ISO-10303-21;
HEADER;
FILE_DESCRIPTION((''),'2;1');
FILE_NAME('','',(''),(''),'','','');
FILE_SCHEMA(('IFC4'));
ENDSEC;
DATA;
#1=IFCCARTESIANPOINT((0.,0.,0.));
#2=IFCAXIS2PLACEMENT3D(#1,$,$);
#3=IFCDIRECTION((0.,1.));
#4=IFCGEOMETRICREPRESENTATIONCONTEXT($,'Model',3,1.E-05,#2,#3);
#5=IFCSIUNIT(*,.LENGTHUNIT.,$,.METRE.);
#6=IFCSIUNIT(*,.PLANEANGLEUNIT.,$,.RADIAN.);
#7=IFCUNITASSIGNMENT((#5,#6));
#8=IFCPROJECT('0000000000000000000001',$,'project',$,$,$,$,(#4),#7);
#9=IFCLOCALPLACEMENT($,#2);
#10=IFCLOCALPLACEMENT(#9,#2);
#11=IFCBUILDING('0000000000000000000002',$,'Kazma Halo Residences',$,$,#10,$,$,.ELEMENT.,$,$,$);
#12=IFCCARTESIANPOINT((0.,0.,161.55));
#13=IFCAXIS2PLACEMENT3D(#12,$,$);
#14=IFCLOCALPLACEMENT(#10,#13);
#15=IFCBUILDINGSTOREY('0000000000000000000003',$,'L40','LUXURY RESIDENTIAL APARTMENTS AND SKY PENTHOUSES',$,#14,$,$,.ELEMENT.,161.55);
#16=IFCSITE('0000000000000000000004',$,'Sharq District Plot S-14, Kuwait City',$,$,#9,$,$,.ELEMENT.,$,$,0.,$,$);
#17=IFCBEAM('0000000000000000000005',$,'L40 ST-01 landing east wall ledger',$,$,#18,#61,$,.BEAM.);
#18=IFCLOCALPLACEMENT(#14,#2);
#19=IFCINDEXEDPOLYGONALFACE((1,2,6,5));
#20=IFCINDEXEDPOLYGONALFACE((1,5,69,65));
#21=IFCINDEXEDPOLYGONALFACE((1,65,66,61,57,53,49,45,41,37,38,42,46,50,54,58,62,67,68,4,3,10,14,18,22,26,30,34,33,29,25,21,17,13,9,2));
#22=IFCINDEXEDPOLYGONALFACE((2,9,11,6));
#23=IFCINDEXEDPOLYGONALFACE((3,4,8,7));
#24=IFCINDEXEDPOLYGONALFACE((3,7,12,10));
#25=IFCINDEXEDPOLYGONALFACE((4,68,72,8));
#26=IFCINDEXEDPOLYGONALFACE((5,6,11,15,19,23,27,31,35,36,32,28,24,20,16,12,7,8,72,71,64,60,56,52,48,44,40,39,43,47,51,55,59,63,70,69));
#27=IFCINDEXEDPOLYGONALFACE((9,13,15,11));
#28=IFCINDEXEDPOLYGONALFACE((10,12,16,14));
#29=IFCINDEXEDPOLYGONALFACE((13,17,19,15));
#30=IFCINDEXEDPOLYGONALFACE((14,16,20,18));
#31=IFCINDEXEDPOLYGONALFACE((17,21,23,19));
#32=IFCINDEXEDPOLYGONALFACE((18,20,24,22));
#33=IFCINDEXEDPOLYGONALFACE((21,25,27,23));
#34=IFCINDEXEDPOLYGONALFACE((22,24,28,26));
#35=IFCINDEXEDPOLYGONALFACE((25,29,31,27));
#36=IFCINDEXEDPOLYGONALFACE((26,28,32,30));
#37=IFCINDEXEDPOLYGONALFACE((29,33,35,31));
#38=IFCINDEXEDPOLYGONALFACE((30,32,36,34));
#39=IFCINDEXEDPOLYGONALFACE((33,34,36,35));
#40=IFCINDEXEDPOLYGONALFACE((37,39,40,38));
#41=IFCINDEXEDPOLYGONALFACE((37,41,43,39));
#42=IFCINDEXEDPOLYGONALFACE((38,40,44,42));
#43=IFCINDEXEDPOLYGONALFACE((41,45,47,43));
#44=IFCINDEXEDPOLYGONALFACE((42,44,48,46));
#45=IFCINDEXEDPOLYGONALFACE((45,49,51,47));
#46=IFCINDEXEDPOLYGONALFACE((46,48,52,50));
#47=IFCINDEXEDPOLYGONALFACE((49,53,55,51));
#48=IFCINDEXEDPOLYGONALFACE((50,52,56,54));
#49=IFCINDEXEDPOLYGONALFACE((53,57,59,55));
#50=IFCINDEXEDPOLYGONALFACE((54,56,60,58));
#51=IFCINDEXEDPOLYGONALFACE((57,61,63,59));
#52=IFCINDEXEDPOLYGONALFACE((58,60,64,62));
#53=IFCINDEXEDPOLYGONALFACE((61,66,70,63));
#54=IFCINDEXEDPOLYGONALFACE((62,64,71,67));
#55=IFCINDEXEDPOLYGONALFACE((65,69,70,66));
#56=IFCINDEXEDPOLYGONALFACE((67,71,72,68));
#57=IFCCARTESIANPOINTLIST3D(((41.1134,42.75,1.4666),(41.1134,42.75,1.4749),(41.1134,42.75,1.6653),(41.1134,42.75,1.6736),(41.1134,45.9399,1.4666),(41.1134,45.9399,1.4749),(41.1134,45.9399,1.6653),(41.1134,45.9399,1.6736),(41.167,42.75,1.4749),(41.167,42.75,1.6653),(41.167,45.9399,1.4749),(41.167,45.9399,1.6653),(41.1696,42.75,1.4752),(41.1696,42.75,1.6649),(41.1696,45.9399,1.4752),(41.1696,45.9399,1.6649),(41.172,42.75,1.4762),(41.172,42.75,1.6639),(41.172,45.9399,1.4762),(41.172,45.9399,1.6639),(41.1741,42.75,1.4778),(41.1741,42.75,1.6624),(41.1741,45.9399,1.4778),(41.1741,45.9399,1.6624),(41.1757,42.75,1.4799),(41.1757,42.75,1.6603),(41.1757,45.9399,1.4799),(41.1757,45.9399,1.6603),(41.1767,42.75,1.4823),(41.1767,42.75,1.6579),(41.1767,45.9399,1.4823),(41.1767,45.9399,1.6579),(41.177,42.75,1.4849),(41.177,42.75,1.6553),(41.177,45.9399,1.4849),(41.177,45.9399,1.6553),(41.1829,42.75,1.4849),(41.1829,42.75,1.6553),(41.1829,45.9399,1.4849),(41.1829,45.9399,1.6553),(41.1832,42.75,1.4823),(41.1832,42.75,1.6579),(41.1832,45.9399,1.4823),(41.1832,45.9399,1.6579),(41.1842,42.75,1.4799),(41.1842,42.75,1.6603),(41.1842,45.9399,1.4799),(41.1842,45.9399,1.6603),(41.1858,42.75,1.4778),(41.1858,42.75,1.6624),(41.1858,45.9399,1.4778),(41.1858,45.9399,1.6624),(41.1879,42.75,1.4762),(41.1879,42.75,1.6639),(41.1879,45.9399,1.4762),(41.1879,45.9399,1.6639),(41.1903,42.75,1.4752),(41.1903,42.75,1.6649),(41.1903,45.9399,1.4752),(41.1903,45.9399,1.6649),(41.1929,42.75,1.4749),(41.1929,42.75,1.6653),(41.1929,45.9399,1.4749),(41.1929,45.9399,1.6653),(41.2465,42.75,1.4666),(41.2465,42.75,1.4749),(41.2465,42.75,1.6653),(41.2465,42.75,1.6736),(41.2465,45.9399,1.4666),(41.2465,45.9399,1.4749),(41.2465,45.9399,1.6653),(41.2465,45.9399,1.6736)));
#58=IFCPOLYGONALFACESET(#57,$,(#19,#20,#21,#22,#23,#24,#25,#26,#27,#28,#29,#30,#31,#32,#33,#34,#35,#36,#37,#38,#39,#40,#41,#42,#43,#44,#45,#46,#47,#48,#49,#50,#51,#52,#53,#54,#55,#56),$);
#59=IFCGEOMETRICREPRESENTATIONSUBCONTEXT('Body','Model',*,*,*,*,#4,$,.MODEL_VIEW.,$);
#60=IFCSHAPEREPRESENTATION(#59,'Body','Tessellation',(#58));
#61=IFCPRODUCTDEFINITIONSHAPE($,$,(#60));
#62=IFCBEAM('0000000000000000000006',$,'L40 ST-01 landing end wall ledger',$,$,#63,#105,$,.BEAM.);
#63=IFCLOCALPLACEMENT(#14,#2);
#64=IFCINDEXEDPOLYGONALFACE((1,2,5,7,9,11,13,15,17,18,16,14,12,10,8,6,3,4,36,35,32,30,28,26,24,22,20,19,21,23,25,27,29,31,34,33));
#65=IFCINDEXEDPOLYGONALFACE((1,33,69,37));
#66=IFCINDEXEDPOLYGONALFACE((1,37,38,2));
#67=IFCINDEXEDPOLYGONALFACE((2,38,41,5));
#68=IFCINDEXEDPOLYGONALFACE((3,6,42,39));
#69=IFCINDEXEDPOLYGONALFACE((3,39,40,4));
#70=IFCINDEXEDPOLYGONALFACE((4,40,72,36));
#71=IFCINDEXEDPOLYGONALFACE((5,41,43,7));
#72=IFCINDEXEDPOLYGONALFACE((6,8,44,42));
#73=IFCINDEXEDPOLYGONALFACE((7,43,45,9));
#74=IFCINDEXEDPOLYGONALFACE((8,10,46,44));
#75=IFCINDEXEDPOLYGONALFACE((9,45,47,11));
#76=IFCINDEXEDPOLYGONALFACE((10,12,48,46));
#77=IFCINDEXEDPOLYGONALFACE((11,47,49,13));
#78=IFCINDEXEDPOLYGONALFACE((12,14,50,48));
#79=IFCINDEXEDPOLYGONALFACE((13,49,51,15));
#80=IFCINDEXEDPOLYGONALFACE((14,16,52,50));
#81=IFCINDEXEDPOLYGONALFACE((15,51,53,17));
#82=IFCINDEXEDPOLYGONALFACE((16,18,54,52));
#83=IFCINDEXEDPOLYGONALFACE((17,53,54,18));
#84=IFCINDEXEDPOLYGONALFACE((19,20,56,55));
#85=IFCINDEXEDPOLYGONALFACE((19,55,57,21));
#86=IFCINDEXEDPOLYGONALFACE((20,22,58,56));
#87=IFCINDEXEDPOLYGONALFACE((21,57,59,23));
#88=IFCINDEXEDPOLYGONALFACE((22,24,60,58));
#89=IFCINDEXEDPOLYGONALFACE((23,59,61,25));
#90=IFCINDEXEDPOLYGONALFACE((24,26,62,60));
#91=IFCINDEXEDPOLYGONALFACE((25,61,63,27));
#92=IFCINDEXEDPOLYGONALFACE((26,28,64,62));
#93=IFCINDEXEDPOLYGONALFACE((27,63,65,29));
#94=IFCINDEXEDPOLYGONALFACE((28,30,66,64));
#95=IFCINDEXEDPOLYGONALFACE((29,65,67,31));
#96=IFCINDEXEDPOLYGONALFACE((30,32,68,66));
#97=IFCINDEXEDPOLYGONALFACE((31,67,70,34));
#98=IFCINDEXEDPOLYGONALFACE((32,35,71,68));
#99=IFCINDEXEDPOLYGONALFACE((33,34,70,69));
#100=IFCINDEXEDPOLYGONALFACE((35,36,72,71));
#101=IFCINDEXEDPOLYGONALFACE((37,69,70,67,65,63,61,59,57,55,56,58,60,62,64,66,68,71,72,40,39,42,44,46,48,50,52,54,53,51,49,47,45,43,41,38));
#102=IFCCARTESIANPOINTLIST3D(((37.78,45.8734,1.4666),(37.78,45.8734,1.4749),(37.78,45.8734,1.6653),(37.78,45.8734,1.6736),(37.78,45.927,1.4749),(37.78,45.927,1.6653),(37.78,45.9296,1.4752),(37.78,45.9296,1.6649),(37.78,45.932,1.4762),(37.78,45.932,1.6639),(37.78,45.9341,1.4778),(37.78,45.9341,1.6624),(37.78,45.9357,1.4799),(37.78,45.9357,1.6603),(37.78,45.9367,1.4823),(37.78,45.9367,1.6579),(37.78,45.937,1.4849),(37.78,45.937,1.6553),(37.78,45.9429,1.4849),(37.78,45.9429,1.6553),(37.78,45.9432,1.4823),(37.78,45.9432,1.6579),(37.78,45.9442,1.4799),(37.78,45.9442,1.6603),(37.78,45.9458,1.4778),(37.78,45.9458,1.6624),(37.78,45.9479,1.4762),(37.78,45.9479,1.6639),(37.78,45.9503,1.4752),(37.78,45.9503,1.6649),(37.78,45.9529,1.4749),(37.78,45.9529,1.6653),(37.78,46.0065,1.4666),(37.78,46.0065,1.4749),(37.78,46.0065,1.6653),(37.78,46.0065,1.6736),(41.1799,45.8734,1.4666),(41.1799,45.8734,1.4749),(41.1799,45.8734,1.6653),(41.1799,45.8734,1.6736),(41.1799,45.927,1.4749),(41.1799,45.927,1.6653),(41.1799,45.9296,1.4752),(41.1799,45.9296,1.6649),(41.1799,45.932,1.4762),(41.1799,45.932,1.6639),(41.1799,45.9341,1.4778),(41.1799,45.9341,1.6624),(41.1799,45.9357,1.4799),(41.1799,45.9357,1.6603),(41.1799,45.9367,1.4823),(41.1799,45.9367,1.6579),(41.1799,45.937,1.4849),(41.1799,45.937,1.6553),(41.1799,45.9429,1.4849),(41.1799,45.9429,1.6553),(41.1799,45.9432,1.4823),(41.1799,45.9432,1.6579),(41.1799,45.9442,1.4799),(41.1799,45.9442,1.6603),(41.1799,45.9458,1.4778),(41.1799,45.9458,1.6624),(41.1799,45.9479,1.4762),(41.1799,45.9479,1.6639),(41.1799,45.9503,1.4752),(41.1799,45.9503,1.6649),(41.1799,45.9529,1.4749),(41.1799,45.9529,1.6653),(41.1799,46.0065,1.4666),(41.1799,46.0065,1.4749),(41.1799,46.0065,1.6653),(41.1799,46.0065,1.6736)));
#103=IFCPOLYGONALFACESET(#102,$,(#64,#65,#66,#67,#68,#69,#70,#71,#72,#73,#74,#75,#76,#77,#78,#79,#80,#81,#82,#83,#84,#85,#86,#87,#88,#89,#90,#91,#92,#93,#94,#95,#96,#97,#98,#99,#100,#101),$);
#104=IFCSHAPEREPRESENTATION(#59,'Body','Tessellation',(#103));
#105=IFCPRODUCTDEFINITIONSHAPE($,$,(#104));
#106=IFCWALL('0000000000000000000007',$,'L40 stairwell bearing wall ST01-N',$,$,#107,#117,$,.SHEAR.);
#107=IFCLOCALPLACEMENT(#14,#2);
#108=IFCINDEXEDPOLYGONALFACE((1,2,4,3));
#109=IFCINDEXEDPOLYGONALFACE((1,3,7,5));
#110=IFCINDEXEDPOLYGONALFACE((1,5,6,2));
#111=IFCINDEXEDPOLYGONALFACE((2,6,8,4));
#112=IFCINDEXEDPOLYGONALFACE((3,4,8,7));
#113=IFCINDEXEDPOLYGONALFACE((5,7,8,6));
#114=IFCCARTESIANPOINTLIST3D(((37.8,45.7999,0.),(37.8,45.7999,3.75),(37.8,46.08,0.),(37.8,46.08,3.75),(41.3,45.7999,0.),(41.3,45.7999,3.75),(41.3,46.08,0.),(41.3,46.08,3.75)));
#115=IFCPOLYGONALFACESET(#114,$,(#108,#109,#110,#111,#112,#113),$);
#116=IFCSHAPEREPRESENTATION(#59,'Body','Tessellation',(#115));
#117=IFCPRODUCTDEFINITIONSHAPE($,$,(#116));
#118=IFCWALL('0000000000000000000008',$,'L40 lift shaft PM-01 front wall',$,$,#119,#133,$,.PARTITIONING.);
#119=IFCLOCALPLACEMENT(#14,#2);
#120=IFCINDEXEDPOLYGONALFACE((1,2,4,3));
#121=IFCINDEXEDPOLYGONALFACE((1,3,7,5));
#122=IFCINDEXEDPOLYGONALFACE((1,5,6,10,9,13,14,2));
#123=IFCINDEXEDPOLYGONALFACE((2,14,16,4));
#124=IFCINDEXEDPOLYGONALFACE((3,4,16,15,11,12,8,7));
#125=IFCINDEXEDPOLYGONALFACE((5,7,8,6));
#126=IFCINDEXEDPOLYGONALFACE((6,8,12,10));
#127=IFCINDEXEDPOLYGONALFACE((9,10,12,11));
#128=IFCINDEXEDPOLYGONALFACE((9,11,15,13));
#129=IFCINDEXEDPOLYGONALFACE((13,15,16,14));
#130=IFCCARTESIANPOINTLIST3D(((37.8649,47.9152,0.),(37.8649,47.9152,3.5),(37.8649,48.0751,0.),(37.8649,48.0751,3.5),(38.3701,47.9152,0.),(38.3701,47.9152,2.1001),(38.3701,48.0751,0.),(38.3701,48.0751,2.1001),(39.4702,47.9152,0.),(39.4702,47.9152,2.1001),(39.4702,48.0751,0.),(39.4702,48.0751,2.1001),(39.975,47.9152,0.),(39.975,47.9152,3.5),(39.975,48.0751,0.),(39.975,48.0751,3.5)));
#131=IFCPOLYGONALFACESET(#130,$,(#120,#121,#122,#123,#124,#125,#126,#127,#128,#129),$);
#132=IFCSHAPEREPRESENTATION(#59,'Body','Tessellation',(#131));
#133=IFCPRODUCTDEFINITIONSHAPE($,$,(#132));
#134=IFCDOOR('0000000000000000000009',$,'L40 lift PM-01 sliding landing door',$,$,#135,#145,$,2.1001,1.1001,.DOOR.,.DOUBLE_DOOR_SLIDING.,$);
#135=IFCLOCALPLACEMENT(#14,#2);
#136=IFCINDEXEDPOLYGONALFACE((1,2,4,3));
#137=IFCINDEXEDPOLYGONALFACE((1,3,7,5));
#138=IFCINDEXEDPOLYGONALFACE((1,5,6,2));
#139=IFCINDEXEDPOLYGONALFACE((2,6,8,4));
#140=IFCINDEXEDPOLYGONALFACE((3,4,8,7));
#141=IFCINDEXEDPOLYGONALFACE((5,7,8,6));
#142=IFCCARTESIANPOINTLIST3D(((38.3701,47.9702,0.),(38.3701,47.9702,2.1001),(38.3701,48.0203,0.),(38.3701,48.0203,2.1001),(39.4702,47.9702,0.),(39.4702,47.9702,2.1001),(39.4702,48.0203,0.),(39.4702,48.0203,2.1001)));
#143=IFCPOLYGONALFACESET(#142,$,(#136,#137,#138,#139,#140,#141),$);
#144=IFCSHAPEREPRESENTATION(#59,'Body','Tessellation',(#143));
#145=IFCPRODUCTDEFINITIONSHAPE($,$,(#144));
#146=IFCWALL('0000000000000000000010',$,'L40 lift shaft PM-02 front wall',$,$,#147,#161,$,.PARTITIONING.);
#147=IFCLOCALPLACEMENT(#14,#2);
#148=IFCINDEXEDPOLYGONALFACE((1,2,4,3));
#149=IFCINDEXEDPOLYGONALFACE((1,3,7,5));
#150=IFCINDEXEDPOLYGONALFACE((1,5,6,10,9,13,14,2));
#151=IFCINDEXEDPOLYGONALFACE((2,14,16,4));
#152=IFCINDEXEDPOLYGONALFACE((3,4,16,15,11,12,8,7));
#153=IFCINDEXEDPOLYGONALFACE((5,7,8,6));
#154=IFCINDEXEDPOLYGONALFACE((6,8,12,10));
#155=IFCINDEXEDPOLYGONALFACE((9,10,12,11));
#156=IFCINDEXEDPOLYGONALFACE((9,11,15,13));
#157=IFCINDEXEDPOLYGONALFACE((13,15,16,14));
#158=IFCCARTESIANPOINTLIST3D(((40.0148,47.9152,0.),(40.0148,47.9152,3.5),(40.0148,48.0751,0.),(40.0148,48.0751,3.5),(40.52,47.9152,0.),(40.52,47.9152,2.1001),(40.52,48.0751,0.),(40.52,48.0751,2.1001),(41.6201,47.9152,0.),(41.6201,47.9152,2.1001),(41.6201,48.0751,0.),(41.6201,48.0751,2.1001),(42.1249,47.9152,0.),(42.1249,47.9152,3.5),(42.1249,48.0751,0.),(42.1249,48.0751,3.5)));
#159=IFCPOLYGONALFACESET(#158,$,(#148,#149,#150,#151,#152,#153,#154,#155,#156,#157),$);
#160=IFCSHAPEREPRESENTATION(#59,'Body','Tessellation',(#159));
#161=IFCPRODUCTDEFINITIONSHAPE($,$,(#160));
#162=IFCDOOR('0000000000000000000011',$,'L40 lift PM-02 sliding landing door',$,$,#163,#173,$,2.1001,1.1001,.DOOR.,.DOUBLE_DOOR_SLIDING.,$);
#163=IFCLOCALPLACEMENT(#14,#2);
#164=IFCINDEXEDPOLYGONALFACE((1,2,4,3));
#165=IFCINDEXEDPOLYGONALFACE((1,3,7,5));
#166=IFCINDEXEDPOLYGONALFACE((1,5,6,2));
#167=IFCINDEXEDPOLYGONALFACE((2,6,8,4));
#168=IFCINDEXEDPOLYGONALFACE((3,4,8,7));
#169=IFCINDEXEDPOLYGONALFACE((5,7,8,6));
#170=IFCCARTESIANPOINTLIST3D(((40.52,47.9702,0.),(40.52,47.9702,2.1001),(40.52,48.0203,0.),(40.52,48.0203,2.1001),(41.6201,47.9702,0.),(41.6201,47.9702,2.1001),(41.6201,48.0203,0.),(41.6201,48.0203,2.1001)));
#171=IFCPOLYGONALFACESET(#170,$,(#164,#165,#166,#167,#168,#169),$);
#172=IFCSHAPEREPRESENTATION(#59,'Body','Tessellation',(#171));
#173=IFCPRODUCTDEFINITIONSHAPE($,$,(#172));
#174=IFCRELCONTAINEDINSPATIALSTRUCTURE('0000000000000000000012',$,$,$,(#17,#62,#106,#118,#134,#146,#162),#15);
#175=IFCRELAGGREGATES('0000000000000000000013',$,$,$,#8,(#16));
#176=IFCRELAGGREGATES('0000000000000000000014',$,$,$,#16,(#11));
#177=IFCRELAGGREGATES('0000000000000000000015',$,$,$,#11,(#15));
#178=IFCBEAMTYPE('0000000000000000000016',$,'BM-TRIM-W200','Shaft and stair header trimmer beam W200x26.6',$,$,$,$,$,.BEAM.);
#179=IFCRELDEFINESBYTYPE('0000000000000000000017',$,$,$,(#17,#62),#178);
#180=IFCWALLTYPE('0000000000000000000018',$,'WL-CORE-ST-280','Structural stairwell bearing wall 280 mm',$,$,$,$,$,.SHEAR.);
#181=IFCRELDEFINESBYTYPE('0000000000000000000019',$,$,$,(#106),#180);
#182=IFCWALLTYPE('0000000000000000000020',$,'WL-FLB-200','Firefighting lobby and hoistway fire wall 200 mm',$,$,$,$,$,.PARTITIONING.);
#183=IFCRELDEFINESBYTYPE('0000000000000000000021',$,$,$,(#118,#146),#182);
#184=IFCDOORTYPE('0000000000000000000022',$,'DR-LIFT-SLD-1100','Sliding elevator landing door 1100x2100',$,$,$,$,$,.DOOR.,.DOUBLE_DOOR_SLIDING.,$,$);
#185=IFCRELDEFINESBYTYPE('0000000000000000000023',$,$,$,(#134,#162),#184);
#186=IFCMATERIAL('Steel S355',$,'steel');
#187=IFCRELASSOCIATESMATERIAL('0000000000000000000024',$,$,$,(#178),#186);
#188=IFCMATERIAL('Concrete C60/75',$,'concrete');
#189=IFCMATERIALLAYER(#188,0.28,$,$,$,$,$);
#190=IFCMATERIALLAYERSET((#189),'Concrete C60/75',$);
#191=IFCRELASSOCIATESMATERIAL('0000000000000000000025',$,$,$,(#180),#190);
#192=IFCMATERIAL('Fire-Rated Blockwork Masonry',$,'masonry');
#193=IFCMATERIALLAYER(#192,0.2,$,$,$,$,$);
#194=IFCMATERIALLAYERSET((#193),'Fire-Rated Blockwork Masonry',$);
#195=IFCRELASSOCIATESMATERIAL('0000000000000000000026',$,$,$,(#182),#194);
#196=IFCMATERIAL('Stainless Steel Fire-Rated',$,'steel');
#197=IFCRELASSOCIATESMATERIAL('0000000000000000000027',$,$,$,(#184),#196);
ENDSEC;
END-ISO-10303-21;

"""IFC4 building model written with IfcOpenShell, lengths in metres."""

from ifc_helpers import new_model, si_unit, direction, frame, frame_2d, origin, origin_2d, place, context, subcontext, project, spatial, rectangle, i_section, extrude, material, layer, layer_set, material_profile, profile_set, type_object, element, fill, save


model = new_model("IFC4")

# Units and contexts
model_context = context("Model", 3, precision=1e-05, world=origin(), true_north=direction((0.0, 1.0)))
body_context = subcontext(model_context, "Body", "Model", "MODEL_VIEW")
ifc_project = project(units=[si_unit("LENGTHUNIT", "METRE"), si_unit("PLANEANGLEUNIT", "RADIAN")], contexts=[model_context])

# Site, building, storey
site_placement = place(None, origin())
site = spatial("IfcSite", under=ifc_project, at=site_placement, Name="Sharq District Plot S-14, Kuwait City", CompositionType="ELEMENT", RefElevation=0.0)
building_placement = place(site_placement, origin())
building = spatial("IfcBuilding", under=site, at=building_placement, Name="Kazma Halo Residences", CompositionType="ELEMENT")
storey_placement = place(building_placement, frame((0.0, 0.0, 161.55)))
storey = spatial("IfcBuildingStorey", under=building, at=storey_placement, Name="L40", Description="LUXURY RESIDENTIAL APARTMENTS AND SKY PENTHOUSES", CompositionType="ELEMENT", Elevation=161.55)

# Shared definitions
ifc_material_1 = material(Name="Steel S355", Category="steel")

# Beams
ifc_material_profile_1 = material_profile(ifc_material_1, i_section(OverallWidth=0.1331, OverallDepth=0.207, WebThickness=0.0059, FlangeThickness=0.0083, FilletRadius=0.01, at=origin_2d()), Name="W200x26.6")
ifc_profile_set_1 = profile_set([ifc_material_profile_1], Name="Steel S355")
beam_type_1 = type_object("IfcBeamType", Name="BM-TRIM-W200", Description="Shaft and stair header trimmer beam W200x26.6", PredefinedType="BEAM", material=ifc_profile_set_1)
beam_1_placement = place(storey_placement, frame((41.1799, 42.75, 1.5701), z_axis=(0.0, 1.0, 0.0), x_axis=(-1.0, 0.0, 0.0)))
element("IfcBeam", 1, at=beam_1_placement, inside=storey, type_object=beam_type_1, Name="L40 ST-01 landing east wall ledger", PredefinedType="BEAM", context=body_context, shape_type="SweptSolid", body=[
    extrude(i_section(OverallWidth=0.1331, OverallDepth=0.207, WebThickness=0.0059, FlangeThickness=0.0083, FilletRadius=0.01, at=origin_2d()), origin(), (0.0, 0.0, 1.0), 3.1899),
])
beam_2_placement = place(storey_placement, frame((37.78, 45.9399, 1.5701), z_axis=(1.0, 0.0, 0.0), x_axis=(0.0, 1.0, 0.0)))
element("IfcBeam", 2, at=beam_2_placement, inside=storey, type_object=beam_type_1, Name="L40 ST-01 landing end wall ledger", PredefinedType="BEAM", context=body_context, shape_type="SweptSolid", body=[
    extrude(i_section(OverallWidth=0.1331, OverallDepth=0.207, WebThickness=0.0059, FlangeThickness=0.0083, FilletRadius=0.01, at=origin_2d()), origin(), (0.0, 0.0, 1.0), 3.3999),
])

# Wall
ifc_material_2 = material(Name="Concrete C60/75", Category="concrete")
ifc_layer_1 = layer(ifc_material_2, 0.28)
ifc_layer_set_1 = layer_set([ifc_layer_1], Name="Concrete C60/75")
wall_type_1 = type_object("IfcWallType", Name="WL-CORE-ST-280", Description="Structural stairwell bearing wall 280 mm", PredefinedType="SHEAR", material=ifc_layer_set_1)
wall_1_placement = place(storey_placement, frame((37.8, 45.9399, 0.0), z_axis=(0.0, 0.0, 1.0), x_axis=(1.0, 0.0, 0.0)))
element("IfcWall", 3, at=wall_1_placement, inside=storey, type_object=wall_type_1, Name="L40 stairwell bearing wall ST01-N", PredefinedType="SHEAR", context=body_context, shape_type="SweptSolid", body=[
    extrude(rectangle(XDim=3.5, YDim=0.28, at=frame_2d((1.75, 0.0))), origin(), (0.0, 0.0, 1.0), 3.75),
])

# Walls, openings, doors
ifc_material_3 = material(Name="Fire-Rated Blockwork Masonry", Category="masonry")
ifc_layer_2 = layer(ifc_material_3, 0.2)
ifc_layer_set_2 = layer_set([ifc_layer_2], Name="Fire-Rated Blockwork Masonry")
wall_type_2 = type_object("IfcWallType", Name="WL-FLB-200", Description="Firefighting lobby and hoistway fire wall 200 mm", PredefinedType="PARTITIONING", material=ifc_layer_set_2)
wall_2_placement = place(storey_placement, frame((39.9751, 47.9951, 0.0), z_axis=(0.0, 0.0, 1.0), x_axis=(-1.0, 0.0, 0.0)))
wall_2 = element("IfcWall", 4, at=wall_2_placement, inside=storey, type_object=wall_type_2, Name="L40 lift shaft PM-01 front wall", PredefinedType="PARTITIONING", context=body_context, shape_type="SweptSolid", body=[
    extrude(rectangle(XDim=2.1101, YDim=0.1599, at=frame_2d((1.0552, 0.0))), origin(), (0.0, 0.0, 1.0), 3.5),
])
opening_1_placement = place(wall_2_placement, frame((0.5049, 0.0, 0.0)))
opening_1 = element("IfcOpeningElement", 5, at=opening_1_placement, cuts=wall_2, PredefinedType="OPENING", context=body_context, shape_type="SweptSolid", body=[
    extrude(rectangle(XDim=1.1001, YDim=2.1001, at=frame_2d((0.55, 1.05))), frame((0.0, 0.0898, 0.0), z_axis=(0.0, -1.0, 0.0), x_axis=(1.0, 0.0, 0.0)), (0.0, 0.0, 1.0), 0.1799),
])
ifc_material_4 = material(Name="Stainless Steel Fire-Rated", Category="steel")
door_type = type_object("IfcDoorType", Name="DR-LIFT-SLD-1100", Description="Sliding elevator landing door 1100x2100", OperationType="DOUBLE_DOOR_SLIDING", PredefinedType="DOOR", material=ifc_material_4)
door_1_placement = place(opening_1_placement, origin())
door_1 = element("IfcDoor", 6, at=door_1_placement, inside=storey, type_object=door_type, Name="L40 lift PM-01 sliding landing door", OperationType="DOUBLE_DOOR_SLIDING", OverallHeight=2.1001, OverallWidth=1.1001, PredefinedType="DOOR", context=body_context, shape_type="SweptSolid", body=[
    extrude(rectangle(XDim=1.1001, YDim=2.1001, at=frame_2d((0.55, 1.05))), frame((0.0, 0.0249, 0.0), z_axis=(0.0, -1.0, 0.0), x_axis=(1.0, 0.0, 0.0)), (0.0, 0.0, 1.0), 0.05),
])
fill(opening_1, door_1)
wall_3_placement = place(storey_placement, frame((42.125, 47.9951, 0.0), z_axis=(0.0, 0.0, 1.0), x_axis=(-1.0, 0.0, 0.0)))
wall_3 = element("IfcWall", 7, at=wall_3_placement, inside=storey, type_object=wall_type_2, Name="L40 lift shaft PM-02 front wall", PredefinedType="PARTITIONING", context=body_context, shape_type="SweptSolid", body=[
    extrude(rectangle(XDim=2.1101, YDim=0.1599, at=frame_2d((1.0552, 0.0))), origin(), (0.0, 0.0, 1.0), 3.5),
])
opening_2_placement = place(wall_3_placement, frame((0.5049, 0.0, 0.0)))
opening_2 = element("IfcOpeningElement", 8, at=opening_2_placement, cuts=wall_3, PredefinedType="OPENING", context=body_context, shape_type="SweptSolid", body=[
    extrude(rectangle(XDim=1.1001, YDim=2.1001, at=frame_2d((0.55, 1.05))), frame((0.0, 0.0898, 0.0), z_axis=(0.0, -1.0, 0.0), x_axis=(1.0, 0.0, 0.0)), (0.0, 0.0, 1.0), 0.1799),
])
door_2_placement = place(opening_2_placement, origin())
door_2 = element("IfcDoor", 9, at=door_2_placement, inside=storey, type_object=door_type, Name="L40 lift PM-02 sliding landing door", OperationType="DOUBLE_DOOR_SLIDING", OverallHeight=2.1001, OverallWidth=1.1001, PredefinedType="DOOR", context=body_context, shape_type="SweptSolid", body=[
    extrude(rectangle(XDim=1.1001, YDim=2.1001, at=frame_2d((0.55, 1.05))), frame((0.0, 0.0249, 0.0), z_axis=(0.0, -1.0, 0.0), x_axis=(1.0, 0.0, 0.0)), (0.0, 0.0, 1.0), 0.05),
])
fill(opening_2, door_2)

save(model, "model.ifc")
